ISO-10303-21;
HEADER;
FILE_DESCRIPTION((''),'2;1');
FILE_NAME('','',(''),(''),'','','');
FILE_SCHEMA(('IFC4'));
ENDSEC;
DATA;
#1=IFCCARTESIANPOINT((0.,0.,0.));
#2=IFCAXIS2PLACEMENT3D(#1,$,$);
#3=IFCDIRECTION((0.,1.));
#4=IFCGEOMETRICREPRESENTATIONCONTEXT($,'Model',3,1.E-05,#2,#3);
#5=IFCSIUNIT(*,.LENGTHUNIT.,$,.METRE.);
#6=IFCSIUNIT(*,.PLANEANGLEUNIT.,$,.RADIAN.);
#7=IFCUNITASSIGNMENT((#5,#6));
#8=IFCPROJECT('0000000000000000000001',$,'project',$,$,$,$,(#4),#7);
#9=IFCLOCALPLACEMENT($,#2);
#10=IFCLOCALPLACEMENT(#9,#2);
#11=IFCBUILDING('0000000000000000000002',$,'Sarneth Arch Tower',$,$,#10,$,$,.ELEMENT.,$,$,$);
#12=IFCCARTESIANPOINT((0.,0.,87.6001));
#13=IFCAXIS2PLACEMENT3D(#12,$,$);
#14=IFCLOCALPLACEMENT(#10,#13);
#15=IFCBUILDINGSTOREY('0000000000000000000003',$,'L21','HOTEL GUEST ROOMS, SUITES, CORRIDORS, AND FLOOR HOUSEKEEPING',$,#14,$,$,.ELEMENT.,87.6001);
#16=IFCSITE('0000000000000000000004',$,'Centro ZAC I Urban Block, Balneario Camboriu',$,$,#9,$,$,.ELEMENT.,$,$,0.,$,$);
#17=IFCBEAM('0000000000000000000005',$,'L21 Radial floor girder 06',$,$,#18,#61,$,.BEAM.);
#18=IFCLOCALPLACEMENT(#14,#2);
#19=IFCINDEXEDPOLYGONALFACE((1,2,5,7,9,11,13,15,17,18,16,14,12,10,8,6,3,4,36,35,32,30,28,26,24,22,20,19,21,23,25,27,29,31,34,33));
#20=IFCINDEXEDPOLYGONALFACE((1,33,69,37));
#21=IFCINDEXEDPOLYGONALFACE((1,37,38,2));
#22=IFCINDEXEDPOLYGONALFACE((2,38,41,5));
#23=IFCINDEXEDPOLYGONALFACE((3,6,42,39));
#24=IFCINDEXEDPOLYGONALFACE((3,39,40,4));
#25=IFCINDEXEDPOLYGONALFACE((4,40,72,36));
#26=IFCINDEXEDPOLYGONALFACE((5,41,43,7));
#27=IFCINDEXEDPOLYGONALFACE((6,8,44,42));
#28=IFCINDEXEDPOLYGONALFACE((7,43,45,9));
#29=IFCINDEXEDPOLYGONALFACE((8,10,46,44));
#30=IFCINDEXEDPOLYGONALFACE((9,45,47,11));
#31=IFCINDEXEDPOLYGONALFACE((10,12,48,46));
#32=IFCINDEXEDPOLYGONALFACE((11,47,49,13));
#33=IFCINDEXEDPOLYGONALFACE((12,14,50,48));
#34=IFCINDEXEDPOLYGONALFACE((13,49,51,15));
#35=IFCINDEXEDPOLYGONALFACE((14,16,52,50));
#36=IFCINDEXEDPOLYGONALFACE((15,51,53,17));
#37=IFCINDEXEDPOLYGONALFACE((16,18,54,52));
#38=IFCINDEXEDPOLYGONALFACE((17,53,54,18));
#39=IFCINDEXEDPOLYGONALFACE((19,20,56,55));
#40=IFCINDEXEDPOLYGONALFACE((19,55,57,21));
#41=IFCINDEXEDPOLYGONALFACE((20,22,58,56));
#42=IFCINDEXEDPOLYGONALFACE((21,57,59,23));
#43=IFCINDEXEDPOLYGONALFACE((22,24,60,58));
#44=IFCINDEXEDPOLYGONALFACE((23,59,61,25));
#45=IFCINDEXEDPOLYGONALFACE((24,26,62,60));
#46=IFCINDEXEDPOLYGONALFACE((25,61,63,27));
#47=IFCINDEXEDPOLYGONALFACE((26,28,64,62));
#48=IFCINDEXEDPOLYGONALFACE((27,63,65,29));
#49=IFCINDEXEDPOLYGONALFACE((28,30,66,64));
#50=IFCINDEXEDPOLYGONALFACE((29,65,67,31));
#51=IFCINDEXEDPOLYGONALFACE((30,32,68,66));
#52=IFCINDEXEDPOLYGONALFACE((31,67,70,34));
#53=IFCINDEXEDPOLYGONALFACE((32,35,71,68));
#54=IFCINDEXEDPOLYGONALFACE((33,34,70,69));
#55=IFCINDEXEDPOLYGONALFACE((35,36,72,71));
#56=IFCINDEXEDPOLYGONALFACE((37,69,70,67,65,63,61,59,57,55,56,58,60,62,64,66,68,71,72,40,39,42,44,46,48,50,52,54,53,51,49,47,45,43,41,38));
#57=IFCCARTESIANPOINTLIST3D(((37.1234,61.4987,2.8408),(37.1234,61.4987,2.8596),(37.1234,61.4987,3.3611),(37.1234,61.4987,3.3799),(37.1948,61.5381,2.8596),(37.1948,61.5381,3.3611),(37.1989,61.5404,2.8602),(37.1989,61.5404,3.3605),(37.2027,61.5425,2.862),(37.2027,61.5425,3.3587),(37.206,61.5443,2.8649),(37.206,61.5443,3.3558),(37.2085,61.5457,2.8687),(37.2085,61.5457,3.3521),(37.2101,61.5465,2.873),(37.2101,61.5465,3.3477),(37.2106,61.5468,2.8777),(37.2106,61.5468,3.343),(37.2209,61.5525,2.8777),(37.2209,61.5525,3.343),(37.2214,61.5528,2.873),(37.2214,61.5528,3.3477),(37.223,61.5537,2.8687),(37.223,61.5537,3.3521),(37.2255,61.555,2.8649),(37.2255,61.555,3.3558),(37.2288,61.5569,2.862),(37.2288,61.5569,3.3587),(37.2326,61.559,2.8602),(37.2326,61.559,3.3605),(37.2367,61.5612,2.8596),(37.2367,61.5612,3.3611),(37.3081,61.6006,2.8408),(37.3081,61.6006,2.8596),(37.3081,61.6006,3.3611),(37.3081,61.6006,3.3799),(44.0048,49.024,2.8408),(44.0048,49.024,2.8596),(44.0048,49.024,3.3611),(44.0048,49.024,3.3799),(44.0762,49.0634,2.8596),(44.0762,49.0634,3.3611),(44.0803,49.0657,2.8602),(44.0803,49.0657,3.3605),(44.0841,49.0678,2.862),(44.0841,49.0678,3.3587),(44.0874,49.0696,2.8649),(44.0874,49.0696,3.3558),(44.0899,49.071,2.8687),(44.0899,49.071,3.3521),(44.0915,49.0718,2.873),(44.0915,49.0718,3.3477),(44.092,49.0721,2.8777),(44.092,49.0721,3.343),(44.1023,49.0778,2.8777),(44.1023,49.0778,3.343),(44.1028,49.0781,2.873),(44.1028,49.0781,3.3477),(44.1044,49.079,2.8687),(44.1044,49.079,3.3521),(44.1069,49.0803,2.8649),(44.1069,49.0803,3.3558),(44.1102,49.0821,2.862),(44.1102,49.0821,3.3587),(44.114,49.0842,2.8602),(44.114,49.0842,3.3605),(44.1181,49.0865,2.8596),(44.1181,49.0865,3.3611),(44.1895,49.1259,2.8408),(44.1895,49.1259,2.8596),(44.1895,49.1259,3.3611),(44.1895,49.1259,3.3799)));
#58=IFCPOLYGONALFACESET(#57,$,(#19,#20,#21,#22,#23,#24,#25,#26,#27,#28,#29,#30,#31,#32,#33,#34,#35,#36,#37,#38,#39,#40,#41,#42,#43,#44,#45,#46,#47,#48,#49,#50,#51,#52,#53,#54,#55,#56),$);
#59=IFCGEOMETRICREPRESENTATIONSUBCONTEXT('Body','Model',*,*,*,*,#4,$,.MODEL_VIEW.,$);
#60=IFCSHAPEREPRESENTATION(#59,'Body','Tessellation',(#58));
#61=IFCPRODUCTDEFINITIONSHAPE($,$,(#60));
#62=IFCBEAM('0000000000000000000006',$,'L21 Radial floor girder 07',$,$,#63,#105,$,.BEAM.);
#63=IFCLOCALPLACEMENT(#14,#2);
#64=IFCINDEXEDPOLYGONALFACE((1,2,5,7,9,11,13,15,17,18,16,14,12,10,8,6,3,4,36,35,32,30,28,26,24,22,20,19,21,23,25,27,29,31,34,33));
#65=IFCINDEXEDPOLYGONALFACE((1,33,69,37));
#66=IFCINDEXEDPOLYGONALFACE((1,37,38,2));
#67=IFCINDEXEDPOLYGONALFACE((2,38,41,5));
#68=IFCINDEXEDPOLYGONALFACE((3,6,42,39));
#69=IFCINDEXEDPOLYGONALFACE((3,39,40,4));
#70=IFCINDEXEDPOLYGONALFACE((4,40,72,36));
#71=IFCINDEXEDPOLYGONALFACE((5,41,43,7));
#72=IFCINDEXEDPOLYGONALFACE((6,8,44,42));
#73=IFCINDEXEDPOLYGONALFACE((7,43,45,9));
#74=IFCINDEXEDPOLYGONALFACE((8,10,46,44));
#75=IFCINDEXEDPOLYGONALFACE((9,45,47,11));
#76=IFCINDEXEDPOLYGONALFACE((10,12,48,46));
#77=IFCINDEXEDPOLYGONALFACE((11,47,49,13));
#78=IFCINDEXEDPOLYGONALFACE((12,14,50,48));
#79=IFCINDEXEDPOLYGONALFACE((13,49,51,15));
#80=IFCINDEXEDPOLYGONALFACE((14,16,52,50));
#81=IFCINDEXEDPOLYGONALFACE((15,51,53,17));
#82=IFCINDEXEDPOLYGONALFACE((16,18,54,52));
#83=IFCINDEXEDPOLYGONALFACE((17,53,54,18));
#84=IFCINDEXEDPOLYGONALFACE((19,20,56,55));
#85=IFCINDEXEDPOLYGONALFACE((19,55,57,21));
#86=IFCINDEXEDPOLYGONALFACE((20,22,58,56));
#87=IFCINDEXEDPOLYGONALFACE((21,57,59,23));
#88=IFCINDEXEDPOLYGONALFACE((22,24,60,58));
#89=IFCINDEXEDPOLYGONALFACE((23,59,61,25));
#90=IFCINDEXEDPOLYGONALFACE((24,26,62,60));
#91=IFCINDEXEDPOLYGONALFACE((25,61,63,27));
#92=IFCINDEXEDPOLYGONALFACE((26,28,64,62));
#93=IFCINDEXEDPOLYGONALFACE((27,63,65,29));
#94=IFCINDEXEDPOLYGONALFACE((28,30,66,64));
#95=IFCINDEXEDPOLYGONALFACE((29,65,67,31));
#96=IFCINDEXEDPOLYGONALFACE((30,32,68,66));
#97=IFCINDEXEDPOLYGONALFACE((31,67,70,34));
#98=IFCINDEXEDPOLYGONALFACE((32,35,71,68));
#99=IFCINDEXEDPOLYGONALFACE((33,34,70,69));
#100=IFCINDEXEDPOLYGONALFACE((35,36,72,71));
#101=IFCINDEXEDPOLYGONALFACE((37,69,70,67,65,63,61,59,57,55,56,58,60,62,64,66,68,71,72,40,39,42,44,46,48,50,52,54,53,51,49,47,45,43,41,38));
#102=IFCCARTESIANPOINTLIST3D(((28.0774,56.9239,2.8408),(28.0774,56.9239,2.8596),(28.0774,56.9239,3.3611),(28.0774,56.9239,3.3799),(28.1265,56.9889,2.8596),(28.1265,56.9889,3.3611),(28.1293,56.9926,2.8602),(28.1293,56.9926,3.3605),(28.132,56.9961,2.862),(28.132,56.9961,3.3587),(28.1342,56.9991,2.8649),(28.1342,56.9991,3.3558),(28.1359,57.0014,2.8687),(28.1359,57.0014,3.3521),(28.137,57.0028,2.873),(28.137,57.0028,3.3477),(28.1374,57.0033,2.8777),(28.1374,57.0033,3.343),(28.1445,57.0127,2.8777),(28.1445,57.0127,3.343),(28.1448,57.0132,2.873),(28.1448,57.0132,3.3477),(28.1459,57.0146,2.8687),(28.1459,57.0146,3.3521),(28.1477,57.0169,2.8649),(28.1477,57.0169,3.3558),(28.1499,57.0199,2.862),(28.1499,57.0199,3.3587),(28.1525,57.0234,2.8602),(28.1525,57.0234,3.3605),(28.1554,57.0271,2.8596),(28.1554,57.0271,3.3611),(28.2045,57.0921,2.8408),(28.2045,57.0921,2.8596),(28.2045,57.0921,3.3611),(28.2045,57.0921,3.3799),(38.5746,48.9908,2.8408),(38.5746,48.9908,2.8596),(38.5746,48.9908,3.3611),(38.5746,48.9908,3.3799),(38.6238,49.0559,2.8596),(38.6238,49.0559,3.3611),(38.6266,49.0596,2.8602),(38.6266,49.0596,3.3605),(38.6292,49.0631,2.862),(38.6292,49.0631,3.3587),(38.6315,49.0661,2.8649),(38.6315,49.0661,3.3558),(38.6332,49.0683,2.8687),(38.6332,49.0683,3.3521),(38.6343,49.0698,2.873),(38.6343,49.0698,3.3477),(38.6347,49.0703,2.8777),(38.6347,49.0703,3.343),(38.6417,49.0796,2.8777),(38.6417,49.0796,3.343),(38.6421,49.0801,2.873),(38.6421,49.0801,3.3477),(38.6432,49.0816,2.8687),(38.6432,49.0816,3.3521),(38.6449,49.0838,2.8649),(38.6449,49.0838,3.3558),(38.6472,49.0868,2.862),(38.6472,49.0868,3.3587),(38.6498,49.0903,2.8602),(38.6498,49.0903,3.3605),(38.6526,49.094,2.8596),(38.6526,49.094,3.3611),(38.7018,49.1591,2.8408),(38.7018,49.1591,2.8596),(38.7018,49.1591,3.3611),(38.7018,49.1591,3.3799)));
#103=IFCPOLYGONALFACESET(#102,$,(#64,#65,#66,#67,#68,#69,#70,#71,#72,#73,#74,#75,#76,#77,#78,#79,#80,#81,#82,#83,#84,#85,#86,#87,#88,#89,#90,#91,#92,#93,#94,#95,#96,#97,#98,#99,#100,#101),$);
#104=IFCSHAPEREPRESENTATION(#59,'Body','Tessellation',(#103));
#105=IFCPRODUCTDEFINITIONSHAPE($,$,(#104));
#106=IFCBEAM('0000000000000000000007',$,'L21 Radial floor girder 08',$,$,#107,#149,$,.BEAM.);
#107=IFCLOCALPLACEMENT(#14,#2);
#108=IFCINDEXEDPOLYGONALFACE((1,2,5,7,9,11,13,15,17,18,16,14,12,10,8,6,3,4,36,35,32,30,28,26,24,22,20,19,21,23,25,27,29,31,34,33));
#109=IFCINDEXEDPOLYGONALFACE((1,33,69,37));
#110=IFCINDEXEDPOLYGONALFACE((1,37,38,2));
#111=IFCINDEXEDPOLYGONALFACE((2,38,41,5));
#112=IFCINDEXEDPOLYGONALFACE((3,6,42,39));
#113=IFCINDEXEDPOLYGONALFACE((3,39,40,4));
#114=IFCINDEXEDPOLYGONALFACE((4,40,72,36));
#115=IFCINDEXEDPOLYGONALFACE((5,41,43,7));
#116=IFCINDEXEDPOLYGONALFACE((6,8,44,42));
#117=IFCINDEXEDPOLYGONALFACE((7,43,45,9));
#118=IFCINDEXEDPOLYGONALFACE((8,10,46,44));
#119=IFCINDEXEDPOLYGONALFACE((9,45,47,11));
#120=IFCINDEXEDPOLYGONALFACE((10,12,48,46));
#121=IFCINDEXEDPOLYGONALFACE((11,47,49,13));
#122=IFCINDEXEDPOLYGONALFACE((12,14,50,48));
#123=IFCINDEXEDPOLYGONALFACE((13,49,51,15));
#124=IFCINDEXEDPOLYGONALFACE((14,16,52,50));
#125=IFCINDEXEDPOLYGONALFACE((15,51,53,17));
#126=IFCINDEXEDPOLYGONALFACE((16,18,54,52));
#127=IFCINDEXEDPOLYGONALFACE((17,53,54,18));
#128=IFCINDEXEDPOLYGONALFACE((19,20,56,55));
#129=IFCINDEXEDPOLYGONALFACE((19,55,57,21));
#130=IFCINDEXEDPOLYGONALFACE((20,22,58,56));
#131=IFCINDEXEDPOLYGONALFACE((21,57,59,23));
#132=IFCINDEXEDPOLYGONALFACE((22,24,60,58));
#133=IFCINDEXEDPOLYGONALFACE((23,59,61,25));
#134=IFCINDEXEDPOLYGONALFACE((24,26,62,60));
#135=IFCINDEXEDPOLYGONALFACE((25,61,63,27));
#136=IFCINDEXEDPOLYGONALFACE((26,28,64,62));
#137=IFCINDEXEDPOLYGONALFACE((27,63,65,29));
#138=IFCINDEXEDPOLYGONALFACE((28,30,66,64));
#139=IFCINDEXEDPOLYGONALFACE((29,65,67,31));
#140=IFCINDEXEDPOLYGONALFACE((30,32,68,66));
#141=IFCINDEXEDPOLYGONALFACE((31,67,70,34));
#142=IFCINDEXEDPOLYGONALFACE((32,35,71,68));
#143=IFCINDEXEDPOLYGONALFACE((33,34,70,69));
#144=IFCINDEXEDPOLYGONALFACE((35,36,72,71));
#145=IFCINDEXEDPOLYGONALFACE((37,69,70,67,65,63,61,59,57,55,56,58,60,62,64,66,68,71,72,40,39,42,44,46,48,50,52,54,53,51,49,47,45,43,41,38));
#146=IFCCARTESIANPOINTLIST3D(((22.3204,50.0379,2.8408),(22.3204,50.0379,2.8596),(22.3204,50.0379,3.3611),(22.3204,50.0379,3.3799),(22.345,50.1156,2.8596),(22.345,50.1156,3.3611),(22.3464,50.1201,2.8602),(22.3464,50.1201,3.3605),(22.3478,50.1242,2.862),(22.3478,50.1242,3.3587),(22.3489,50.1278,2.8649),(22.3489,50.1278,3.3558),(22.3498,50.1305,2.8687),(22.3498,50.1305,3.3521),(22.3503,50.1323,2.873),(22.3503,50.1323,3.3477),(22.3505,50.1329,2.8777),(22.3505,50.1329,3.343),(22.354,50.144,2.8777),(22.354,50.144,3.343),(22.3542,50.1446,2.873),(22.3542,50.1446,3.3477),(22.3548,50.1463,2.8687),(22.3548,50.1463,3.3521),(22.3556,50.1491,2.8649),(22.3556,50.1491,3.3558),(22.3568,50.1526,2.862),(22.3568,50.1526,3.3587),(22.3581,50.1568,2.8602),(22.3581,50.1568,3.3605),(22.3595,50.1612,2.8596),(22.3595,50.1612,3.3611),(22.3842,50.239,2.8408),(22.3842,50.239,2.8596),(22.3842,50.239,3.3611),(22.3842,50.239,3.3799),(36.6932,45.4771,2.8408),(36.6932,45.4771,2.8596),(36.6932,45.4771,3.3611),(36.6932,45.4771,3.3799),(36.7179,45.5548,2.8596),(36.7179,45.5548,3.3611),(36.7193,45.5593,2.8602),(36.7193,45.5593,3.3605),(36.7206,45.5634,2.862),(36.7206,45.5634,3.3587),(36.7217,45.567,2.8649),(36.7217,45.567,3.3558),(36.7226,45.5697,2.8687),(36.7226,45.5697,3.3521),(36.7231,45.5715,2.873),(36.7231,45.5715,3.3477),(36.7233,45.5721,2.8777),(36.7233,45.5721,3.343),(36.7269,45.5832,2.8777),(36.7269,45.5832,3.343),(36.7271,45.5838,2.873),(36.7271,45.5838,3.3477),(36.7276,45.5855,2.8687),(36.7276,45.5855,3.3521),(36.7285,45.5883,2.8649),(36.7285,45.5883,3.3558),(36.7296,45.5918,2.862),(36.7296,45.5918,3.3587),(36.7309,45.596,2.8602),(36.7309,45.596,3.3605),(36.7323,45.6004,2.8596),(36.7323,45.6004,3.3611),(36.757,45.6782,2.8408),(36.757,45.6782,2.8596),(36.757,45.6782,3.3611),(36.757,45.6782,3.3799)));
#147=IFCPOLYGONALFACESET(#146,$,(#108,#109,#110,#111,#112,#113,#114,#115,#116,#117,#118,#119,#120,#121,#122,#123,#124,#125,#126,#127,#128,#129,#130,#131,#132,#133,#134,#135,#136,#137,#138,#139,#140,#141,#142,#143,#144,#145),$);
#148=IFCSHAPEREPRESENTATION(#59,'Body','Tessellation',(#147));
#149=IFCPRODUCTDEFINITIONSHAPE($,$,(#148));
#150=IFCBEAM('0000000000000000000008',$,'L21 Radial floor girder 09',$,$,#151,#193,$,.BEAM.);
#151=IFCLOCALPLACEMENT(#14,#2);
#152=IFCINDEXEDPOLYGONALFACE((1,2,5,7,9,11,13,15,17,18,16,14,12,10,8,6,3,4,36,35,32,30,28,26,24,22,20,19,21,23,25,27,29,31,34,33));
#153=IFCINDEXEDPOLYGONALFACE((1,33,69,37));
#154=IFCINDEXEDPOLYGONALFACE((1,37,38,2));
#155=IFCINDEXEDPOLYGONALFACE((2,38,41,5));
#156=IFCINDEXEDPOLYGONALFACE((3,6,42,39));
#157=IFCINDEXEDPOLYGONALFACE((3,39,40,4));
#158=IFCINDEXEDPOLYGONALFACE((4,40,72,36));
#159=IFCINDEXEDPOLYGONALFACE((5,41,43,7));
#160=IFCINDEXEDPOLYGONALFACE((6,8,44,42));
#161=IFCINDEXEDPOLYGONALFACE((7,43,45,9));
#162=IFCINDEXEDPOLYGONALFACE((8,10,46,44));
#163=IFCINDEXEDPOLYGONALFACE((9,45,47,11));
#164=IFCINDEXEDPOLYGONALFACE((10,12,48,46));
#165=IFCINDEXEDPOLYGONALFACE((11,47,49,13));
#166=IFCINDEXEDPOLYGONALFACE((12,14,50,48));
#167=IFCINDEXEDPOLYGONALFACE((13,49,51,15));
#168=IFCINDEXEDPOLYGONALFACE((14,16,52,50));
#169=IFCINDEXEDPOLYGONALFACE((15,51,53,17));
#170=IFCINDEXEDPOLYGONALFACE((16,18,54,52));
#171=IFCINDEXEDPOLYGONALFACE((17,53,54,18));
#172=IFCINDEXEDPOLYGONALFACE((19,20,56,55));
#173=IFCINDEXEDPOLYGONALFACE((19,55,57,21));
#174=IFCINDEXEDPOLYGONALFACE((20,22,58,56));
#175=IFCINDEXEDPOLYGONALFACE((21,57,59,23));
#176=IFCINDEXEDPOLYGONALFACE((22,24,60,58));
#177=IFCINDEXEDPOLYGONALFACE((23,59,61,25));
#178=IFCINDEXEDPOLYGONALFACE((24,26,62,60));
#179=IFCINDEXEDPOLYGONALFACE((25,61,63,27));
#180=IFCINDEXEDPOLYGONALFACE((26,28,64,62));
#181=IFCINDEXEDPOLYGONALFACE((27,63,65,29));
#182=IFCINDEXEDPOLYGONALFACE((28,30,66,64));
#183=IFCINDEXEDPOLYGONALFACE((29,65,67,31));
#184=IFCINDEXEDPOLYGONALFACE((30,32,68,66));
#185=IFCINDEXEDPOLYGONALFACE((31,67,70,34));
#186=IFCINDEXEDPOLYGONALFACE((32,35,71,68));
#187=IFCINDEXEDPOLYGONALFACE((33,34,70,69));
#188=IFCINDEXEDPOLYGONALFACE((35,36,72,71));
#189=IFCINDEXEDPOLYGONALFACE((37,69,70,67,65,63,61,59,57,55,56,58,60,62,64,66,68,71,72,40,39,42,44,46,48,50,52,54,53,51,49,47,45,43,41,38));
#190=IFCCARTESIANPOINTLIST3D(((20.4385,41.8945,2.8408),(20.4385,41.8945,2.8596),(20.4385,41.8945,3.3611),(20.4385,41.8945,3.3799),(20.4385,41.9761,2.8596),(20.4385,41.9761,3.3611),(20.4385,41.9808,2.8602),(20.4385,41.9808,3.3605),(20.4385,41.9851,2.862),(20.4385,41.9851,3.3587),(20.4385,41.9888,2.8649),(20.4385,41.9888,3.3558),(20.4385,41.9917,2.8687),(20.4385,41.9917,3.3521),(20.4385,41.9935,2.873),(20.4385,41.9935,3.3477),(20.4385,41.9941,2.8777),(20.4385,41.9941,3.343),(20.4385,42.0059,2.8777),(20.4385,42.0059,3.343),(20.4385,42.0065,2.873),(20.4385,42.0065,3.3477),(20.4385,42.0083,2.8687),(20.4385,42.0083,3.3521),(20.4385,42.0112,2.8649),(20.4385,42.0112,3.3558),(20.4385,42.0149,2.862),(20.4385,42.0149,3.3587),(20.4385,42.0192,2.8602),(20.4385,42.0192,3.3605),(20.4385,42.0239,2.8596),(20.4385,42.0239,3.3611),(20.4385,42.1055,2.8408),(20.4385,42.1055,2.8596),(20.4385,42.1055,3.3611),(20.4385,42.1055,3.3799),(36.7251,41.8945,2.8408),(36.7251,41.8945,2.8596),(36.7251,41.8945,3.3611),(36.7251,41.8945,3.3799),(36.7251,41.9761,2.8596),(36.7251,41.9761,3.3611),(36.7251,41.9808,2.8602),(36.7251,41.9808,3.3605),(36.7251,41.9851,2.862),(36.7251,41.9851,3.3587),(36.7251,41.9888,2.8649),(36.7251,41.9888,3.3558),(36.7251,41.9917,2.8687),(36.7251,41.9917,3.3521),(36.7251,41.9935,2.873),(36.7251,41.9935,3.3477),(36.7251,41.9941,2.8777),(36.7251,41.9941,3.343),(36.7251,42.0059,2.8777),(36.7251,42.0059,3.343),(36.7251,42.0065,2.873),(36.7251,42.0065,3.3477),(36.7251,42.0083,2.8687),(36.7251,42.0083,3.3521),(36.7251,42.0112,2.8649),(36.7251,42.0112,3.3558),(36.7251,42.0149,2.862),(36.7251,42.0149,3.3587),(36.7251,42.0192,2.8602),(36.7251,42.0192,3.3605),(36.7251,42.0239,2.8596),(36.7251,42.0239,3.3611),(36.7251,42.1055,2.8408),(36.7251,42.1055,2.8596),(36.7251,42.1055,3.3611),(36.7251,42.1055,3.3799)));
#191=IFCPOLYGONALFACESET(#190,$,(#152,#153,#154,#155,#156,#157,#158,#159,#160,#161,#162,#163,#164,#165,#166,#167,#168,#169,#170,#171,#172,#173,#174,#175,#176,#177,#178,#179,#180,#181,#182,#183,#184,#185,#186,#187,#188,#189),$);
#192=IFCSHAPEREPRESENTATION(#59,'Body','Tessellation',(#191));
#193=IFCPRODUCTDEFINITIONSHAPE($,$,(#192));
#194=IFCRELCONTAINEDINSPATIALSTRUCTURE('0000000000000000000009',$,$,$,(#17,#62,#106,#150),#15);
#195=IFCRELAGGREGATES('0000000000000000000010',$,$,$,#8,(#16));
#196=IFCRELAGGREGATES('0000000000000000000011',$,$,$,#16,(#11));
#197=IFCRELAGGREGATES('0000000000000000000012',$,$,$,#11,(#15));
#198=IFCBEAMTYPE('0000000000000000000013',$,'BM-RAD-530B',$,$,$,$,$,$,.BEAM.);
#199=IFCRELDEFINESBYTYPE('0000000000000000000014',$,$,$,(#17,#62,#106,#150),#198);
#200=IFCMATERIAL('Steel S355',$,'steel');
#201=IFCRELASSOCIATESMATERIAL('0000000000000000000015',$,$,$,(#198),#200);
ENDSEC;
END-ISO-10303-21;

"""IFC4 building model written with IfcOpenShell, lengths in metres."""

from ifc_helpers import new_model, si_unit, direction, frame, origin, origin_2d, place, context, subcontext, project, spatial, i_section, extrude, material, material_profile, profile_set, type_object, element, save


model = new_model("IFC4")

# Units and contexts
model_context = context("Model", 3, precision=1e-05, world=origin(), true_north=direction((0.0, 1.0)))
body_context = subcontext(model_context, "Body", "Model", "MODEL_VIEW")
ifc_project = project(units=[si_unit("LENGTHUNIT", "METRE"), si_unit("PLANEANGLEUNIT", "RADIAN")], contexts=[model_context])

# Site, building, storey
site_placement = place(None, origin())
site = spatial("IfcSite", under=ifc_project, at=site_placement, Name="Centro ZAC I Urban Block, Balneario Camboriu", CompositionType="ELEMENT", RefElevation=0.0)
building_placement = place(site_placement, origin())
building = spatial("IfcBuilding", under=site, at=building_placement, Name="Sarneth Arch Tower", CompositionType="ELEMENT")
storey_placement = place(building_placement, frame((0.0, 0.0, 87.6001)))
storey = spatial("IfcBuildingStorey", under=building, at=storey_placement, Name="L21", Description="HOTEL GUEST ROOMS, SUITES, CORRIDORS, AND FLOOR HOUSEKEEPING", CompositionType="ELEMENT", Elevation=87.6001)

# Beams
ifc_material_1 = material(Name="Steel S355", Category="steel")
ifc_material_profile = material_profile(ifc_material_1, i_section(OverallWidth=0.2109, OverallDepth=0.5391, WebThickness=0.0117, FlangeThickness=0.0188, FilletRadius=0.0181, at=origin_2d()), Name="W530x109")
ifc_profile_set = profile_set([ifc_material_profile], Name="Steel S355")
beam_type = type_object("IfcBeamType", Name="BM-RAD-530B", PredefinedType="BEAM", material=ifc_profile_set)
beam_1_placement = place(storey_placement, frame((44.0972, 49.075, 3.1104), z_axis=(-0.483013, 0.875613, 0.0), x_axis=(-0.875613, -0.483013, 0.0)))
element("IfcBeam", 1, at=beam_1_placement, inside=storey, type_object=beam_type, Name="L21 Radial floor girder 06", PredefinedType="BEAM", context=body_context, shape_type="SweptSolid", body=[
    extrude(i_section(OverallWidth=0.2109, OverallDepth=0.5391, WebThickness=0.0117, FlangeThickness=0.0188, FilletRadius=0.0181, at=origin_2d()), origin(), (0.0, 0.0, 1.0), 14.2468),
])
beam_2_placement = place(storey_placement, frame((38.6382, 49.075, 3.1104), z_axis=(-0.797801, 0.60292, 0.0), x_axis=(-0.60292, -0.797801, 0.0)))
element("IfcBeam", 2, at=beam_2_placement, inside=storey, type_object=beam_type, Name="L21 Radial floor girder 07", PredefinedType="BEAM", context=body_context, shape_type="SweptSolid", body=[
    extrude(i_section(OverallWidth=0.2109, OverallDepth=0.5391, WebThickness=0.0117, FlangeThickness=0.0188, FilletRadius=0.0181, at=origin_2d()), origin(), (0.0, 0.0, 1.0), 13.1577),
])
beam_3_placement = place(storey_placement, frame((36.7251, 45.5776, 3.1104), z_axis=(-0.953163, 0.302458, 0.0), x_axis=(-0.302458, -0.953163, 0.0)))
element("IfcBeam", 3, at=beam_3_placement, inside=storey, type_object=beam_type, Name="L21 Radial floor girder 08", PredefinedType="BEAM", context=body_context, shape_type="SweptSolid", body=[
    extrude(i_section(OverallWidth=0.2109, OverallDepth=0.5391, WebThickness=0.0117, FlangeThickness=0.0188, FilletRadius=0.0181, at=origin_2d()), origin(), (0.0, 0.0, 1.0), 15.0791),
])
beam_4_placement = place(storey_placement, frame((36.7251, 42.0, 3.1104), z_axis=(-1.0, 0.0, 0.0), x_axis=(0.0, -1.0, 0.0)))
element("IfcBeam", 4, at=beam_4_placement, inside=storey, type_object=beam_type, Name="L21 Radial floor girder 09", PredefinedType="BEAM", context=body_context, shape_type="SweptSolid", body=[
    extrude(i_section(OverallWidth=0.2109, OverallDepth=0.5391, WebThickness=0.0117, FlangeThickness=0.0188, FilletRadius=0.0181, at=origin_2d()), origin(), (0.0, 0.0, 1.0), 16.2866),
])

save(model, "model.ifc")
